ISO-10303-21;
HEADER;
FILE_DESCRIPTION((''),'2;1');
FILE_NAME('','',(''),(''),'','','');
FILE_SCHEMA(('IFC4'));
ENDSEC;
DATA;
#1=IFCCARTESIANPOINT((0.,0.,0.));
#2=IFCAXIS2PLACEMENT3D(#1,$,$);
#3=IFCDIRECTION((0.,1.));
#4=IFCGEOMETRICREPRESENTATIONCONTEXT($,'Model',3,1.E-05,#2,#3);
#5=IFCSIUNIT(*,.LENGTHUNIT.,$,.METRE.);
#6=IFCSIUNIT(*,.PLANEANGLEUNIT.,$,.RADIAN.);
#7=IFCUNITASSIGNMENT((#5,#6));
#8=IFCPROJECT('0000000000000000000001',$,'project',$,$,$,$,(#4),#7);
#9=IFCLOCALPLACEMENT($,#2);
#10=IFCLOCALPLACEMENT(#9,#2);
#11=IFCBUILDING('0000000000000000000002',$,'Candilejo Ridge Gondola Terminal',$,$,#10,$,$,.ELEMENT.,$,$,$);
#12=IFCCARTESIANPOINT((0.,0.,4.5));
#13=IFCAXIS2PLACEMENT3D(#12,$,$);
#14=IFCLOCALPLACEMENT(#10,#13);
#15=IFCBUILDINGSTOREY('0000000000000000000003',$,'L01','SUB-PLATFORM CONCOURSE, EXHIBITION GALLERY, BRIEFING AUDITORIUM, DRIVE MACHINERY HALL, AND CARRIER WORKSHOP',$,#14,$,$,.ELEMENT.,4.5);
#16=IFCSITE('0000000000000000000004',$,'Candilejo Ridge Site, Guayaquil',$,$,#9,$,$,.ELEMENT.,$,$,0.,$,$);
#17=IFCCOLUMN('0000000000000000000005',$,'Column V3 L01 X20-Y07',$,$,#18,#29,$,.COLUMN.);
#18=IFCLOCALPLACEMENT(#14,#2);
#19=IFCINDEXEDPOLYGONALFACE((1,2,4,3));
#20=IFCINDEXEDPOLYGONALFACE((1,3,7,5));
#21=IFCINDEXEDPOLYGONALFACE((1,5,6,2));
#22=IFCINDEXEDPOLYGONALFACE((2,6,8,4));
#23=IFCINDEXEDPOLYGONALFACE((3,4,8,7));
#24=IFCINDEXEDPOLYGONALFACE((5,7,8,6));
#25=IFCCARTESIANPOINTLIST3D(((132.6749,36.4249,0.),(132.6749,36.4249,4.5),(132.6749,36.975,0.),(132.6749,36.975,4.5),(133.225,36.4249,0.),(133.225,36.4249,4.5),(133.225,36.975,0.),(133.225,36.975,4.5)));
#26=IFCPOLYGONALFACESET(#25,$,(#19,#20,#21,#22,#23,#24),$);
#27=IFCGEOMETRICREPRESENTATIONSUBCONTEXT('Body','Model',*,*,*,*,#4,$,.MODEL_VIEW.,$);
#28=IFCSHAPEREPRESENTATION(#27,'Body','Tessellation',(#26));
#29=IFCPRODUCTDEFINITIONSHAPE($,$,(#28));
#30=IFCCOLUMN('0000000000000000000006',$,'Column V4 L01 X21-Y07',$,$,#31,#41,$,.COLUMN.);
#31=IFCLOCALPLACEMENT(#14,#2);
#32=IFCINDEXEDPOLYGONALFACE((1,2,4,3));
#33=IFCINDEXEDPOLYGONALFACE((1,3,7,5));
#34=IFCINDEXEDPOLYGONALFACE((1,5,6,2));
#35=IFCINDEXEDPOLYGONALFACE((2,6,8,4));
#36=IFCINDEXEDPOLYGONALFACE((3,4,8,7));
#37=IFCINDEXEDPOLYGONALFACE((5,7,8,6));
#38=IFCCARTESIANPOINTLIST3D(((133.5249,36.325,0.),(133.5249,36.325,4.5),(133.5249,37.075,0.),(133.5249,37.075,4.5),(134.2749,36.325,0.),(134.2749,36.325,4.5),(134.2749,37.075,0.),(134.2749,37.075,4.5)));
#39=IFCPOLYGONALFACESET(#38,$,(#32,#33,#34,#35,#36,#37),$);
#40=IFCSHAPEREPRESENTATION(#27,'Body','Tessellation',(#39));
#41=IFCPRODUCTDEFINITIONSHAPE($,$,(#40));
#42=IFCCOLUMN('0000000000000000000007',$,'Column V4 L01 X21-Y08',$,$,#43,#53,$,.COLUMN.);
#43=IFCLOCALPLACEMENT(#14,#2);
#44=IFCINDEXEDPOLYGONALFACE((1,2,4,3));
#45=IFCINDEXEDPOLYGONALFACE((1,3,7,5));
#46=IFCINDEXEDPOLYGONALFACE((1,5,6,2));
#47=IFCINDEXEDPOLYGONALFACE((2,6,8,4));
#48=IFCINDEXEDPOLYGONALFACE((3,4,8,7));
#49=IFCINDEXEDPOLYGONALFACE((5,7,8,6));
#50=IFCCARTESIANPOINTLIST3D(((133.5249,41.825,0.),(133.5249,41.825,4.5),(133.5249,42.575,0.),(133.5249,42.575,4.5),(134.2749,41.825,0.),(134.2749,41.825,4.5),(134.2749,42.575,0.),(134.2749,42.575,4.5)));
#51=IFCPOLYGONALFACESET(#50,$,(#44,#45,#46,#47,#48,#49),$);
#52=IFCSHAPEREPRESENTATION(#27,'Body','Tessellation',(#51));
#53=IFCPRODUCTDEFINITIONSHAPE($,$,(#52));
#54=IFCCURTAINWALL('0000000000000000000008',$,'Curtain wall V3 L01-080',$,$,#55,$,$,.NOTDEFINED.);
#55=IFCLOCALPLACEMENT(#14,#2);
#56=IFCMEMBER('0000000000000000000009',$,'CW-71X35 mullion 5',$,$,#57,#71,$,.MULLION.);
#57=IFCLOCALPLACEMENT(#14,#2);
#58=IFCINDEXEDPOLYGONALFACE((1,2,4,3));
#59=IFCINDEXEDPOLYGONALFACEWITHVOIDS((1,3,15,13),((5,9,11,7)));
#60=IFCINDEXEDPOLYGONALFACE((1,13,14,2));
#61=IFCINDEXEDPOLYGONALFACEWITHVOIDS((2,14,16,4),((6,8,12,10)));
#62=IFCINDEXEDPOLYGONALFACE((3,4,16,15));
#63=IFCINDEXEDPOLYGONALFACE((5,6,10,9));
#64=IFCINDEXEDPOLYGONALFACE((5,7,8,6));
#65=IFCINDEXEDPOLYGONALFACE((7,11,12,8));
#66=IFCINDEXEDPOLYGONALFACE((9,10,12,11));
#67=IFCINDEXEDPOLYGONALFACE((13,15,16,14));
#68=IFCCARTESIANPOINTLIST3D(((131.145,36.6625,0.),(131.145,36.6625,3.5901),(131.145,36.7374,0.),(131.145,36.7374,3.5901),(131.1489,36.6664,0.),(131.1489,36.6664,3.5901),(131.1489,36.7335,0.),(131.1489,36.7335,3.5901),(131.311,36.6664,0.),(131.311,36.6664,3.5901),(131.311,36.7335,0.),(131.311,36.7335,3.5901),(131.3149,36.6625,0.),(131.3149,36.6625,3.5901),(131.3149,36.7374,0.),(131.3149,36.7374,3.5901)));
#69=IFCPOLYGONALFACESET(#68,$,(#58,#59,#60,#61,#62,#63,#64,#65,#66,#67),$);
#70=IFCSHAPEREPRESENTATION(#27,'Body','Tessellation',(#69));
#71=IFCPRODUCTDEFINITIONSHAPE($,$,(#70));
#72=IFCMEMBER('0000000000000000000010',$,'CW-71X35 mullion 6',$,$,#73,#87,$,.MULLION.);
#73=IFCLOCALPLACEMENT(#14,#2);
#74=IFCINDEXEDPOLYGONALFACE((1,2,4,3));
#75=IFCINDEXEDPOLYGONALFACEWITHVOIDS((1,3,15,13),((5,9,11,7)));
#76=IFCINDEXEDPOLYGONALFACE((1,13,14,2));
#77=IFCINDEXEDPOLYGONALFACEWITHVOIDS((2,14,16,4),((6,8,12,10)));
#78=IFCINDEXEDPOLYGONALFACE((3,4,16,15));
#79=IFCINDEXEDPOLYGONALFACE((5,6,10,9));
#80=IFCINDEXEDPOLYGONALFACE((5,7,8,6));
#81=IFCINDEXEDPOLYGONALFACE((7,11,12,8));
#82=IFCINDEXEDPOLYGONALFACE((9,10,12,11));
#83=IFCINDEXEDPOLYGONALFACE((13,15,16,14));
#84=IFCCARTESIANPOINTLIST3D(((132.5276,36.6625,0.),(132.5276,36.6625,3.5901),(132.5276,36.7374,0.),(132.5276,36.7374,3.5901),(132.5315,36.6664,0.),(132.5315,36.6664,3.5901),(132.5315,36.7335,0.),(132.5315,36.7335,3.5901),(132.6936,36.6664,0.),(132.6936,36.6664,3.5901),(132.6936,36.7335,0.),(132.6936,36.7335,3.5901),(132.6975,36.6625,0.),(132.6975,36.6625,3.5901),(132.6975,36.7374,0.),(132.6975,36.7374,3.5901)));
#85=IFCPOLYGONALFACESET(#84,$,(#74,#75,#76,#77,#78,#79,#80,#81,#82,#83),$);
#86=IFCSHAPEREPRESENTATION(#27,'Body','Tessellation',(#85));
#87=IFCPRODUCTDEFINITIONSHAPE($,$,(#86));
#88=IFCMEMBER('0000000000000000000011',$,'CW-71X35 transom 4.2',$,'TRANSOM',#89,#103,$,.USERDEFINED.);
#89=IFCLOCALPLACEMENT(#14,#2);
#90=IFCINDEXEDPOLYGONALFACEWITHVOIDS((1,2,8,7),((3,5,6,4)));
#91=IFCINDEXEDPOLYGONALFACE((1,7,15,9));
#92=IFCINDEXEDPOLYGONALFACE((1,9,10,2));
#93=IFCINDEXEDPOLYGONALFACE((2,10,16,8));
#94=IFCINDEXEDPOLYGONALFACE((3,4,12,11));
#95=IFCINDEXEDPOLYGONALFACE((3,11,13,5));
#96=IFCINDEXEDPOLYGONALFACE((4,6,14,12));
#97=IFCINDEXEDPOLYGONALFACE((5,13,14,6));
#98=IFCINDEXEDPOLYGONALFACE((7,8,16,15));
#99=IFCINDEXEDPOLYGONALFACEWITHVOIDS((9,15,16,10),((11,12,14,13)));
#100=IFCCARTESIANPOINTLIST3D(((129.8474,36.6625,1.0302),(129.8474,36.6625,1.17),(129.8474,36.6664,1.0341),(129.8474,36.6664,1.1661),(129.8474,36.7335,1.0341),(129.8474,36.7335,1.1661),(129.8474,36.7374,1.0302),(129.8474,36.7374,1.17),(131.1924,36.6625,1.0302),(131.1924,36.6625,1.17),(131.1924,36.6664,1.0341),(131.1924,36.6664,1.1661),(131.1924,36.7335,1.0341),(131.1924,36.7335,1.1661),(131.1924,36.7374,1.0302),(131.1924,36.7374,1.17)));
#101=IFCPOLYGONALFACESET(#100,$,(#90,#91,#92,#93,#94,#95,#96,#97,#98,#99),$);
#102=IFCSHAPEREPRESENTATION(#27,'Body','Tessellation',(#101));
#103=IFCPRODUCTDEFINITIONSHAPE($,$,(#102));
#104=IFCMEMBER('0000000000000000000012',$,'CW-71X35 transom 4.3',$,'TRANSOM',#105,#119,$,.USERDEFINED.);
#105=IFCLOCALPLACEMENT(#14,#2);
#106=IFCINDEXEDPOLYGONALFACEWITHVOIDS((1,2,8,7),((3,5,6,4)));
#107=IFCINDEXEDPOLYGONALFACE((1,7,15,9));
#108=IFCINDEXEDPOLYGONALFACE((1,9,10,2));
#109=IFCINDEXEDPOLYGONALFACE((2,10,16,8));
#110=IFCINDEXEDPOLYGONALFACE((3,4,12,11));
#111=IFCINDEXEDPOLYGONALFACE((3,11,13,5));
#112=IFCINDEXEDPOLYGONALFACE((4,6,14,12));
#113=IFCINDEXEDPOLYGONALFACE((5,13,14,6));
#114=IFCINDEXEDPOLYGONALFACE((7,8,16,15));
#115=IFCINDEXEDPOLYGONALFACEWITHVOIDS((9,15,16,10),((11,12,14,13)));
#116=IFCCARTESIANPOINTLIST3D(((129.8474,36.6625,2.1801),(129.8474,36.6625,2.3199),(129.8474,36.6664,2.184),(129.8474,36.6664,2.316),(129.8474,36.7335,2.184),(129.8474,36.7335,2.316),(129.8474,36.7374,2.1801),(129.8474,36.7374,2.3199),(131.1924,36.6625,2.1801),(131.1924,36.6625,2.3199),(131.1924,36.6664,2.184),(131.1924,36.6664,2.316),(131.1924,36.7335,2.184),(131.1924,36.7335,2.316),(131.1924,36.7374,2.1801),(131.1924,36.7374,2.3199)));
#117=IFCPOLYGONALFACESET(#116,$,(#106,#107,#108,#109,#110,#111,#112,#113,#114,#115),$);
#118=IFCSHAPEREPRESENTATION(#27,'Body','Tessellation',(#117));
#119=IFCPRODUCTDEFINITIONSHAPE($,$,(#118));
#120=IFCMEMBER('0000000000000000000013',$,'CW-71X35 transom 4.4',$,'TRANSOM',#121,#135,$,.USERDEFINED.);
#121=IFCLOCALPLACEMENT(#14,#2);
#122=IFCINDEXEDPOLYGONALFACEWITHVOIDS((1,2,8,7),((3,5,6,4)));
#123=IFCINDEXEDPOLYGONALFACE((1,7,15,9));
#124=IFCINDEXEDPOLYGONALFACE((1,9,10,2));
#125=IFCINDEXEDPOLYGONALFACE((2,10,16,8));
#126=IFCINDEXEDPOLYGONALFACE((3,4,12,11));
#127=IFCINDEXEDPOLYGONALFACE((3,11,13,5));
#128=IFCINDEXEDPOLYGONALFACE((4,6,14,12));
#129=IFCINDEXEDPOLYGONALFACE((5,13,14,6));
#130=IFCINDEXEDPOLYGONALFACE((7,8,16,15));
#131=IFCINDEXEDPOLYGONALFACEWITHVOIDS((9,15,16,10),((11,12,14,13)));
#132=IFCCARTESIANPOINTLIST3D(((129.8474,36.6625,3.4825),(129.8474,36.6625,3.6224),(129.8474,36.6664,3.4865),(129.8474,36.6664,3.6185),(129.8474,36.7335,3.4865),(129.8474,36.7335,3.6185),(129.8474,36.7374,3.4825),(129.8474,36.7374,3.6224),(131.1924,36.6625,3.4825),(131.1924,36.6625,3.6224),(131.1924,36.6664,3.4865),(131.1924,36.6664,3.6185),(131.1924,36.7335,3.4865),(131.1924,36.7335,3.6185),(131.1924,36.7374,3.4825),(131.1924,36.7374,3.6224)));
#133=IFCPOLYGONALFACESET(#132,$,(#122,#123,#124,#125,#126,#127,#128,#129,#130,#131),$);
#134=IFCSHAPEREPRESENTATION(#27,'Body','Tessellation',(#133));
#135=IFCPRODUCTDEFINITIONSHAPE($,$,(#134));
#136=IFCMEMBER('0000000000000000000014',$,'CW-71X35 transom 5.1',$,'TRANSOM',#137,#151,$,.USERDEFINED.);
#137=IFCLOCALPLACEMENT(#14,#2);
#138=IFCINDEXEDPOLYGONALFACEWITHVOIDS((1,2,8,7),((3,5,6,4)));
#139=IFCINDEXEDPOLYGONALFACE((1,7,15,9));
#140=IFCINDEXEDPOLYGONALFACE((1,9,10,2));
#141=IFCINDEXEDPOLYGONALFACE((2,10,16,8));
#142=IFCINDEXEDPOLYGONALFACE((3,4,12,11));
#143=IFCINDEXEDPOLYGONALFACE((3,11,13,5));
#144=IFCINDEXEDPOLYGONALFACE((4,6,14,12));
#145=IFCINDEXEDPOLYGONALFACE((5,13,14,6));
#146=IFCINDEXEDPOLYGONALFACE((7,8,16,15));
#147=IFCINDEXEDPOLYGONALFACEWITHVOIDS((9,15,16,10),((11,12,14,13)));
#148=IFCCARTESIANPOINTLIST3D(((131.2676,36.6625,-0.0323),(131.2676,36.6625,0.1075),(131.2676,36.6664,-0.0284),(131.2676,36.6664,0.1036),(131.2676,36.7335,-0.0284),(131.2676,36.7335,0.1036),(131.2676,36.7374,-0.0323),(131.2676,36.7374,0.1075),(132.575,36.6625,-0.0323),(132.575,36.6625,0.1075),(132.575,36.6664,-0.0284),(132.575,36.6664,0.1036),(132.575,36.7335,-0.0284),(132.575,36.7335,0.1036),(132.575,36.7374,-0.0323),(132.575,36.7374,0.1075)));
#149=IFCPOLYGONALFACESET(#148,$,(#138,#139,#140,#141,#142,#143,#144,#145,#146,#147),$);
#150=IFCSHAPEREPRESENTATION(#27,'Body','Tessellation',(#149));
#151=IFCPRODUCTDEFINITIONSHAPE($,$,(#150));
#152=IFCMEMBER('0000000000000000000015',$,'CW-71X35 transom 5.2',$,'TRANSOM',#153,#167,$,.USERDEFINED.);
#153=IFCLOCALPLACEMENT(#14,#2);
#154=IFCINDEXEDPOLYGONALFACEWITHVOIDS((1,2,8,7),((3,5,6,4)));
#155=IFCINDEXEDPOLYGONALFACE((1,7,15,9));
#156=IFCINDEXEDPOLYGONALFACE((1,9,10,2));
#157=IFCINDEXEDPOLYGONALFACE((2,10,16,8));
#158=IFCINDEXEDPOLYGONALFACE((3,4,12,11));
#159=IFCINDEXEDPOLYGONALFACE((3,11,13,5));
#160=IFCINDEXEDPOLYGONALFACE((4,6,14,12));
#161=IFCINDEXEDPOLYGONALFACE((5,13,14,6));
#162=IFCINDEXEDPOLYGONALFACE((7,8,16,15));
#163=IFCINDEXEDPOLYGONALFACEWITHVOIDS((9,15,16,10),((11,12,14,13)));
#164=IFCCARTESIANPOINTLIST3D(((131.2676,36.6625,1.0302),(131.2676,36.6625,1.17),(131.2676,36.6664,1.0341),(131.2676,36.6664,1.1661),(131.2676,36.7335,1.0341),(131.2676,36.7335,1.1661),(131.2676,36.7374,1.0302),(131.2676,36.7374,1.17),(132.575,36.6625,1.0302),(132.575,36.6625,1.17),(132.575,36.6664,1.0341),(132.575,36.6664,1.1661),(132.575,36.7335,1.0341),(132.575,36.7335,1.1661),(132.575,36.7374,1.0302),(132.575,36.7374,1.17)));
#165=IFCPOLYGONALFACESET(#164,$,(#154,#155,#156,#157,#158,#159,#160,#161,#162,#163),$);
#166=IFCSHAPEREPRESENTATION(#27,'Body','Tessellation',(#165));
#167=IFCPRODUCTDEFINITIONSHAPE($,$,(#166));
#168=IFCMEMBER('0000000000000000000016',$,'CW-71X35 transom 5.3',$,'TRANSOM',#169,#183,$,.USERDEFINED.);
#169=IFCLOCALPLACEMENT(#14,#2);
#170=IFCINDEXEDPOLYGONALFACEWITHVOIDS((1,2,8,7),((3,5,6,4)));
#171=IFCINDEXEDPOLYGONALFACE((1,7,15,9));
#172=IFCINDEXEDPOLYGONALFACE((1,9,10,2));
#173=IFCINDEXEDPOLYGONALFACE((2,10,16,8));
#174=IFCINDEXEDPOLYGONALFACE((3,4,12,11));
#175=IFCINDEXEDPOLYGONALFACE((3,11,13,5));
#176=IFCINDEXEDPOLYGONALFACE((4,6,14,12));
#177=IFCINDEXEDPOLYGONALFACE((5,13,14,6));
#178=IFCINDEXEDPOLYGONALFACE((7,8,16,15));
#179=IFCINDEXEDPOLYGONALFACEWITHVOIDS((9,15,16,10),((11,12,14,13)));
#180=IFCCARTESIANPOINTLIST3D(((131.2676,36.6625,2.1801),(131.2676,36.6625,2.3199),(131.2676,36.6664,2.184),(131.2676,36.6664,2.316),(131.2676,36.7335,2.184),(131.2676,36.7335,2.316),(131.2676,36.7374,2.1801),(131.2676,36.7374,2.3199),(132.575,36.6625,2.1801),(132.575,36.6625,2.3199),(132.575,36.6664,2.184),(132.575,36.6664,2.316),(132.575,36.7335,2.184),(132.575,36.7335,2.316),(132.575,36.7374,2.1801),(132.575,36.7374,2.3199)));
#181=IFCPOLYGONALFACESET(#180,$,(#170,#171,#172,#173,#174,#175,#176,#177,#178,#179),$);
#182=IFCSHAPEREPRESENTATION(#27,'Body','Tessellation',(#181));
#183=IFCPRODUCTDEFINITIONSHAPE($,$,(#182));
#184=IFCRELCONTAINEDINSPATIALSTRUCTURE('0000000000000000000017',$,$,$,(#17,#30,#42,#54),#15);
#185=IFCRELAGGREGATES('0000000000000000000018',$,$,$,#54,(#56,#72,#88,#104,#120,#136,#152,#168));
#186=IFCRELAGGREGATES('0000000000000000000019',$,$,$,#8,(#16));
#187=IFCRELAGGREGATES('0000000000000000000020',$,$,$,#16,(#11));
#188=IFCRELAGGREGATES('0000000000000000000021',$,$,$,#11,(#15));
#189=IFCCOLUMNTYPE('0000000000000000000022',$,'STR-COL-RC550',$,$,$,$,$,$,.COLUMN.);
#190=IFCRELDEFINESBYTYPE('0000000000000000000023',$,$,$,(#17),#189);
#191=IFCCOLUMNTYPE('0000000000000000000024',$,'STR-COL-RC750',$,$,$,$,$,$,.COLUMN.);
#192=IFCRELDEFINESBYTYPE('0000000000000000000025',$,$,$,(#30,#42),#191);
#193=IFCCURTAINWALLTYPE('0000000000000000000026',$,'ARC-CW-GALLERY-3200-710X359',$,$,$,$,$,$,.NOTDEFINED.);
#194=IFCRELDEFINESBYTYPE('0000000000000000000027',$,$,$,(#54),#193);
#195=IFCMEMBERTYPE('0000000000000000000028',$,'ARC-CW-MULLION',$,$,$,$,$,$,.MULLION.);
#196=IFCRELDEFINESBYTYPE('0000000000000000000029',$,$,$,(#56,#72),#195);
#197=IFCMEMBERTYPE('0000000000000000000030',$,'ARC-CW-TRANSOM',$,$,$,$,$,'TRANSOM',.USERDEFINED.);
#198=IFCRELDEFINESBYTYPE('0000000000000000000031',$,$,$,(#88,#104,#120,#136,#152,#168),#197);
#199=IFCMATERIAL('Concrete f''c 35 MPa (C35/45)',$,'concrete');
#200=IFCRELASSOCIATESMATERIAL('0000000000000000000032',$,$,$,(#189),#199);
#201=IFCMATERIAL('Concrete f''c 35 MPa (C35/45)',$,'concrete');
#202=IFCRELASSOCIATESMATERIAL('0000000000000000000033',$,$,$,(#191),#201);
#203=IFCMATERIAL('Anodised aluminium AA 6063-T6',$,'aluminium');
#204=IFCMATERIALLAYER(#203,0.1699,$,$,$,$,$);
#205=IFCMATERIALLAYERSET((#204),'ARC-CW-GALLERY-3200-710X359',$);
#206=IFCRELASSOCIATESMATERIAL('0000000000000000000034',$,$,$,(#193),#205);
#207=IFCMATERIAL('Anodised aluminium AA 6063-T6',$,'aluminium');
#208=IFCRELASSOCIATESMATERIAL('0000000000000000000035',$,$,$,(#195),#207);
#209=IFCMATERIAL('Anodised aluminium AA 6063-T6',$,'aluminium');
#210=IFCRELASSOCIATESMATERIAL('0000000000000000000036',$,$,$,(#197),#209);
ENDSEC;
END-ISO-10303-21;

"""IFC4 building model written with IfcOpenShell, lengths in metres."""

from ifc_helpers import new_model, si_unit, direction, frame, origin, origin_2d, place, context, subcontext, project, spatial, rectangle, hollow_rectangle, extrude, material, layer, layer_set, material_profile, profile_set, type_object, element, aggregate, save


model = new_model("IFC4")

# Units and contexts
model_context = context("Model", 3, precision=1e-05, world=origin(), true_north=direction((0.0, 1.0)))
body_context = subcontext(model_context, "Body", "Model", "MODEL_VIEW")
ifc_project = project(units=[si_unit("LENGTHUNIT", "METRE"), si_unit("PLANEANGLEUNIT", "RADIAN")], contexts=[model_context])

# Site, building, storey
site_placement = place(None, origin())
site = spatial("IfcSite", under=ifc_project, at=site_placement, Name="Candilejo Ridge Site, Guayaquil", CompositionType="ELEMENT", RefElevation=0.0)
building_placement = place(site_placement, origin())
building = spatial("IfcBuilding", under=site, at=building_placement, Name="Candilejo Ridge Gondola Terminal", CompositionType="ELEMENT")
storey_placement = place(building_placement, frame((0.0, 0.0, 4.5)))
storey = spatial("IfcBuildingStorey", under=building, at=storey_placement, Name="L01", Description="SUB-PLATFORM CONCOURSE, EXHIBITION GALLERY, BRIEFING AUDITORIUM, DRIVE MACHINERY HALL, AND CARRIER WORKSHOP", CompositionType="ELEMENT", Elevation=4.5)

# Columns
ifc_material_1 = material(Name="Concrete f'c 35 MPa (C35/45)", Category="concrete")
ifc_material_profile_1 = material_profile(ifc_material_1, rectangle(XDim=0.55, YDim=0.55, at=origin_2d()))
ifc_profile_set_1 = profile_set([ifc_material_profile_1], Name="Concrete f'c 35 MPa (C35/45)")
column_type_1 = type_object("IfcColumnType", Name="STR-COL-RC550", PredefinedType="COLUMN", material=ifc_profile_set_1)
column_placement = place(storey_placement, frame((132.95, 36.7, 0.0), z_axis=(0.0, 0.0, 1.0), x_axis=(1.0, 0.0, 0.0)))
element("IfcColumn", 1, at=column_placement, inside=storey, type_object=column_type_1, Name="Column V3 L01 X20-Y07", PredefinedType="COLUMN", context=body_context, shape_type="SweptSolid", body=[
    extrude(rectangle(XDim=0.55, YDim=0.55, at=origin_2d()), origin(), (0.0, 0.0, 1.0), 4.5),
])
ifc_material_2 = material(Name="Concrete f'c 35 MPa (C35/45)", Category="concrete")
ifc_material_profile_2 = material_profile(ifc_material_2, rectangle(XDim=0.75, YDim=0.75, at=origin_2d()))
ifc_profile_set_2 = profile_set([ifc_material_profile_2], Name="Concrete f'c 35 MPa (C35/45)")
column_type_2 = type_object("IfcColumnType", Name="STR-COL-RC750", PredefinedType="COLUMN", material=ifc_profile_set_2)
for number, where, z_axis, x_axis, name in (
    (2, (133.8999, 36.7, 0.0), (0.0, 0.0, 1.0), (1.0, 0.0, 0.0), "Column V4 L01 X21-Y07"),
    (3, (133.8999, 42.2, 0.0), (0.0, 0.0, 1.0), (1.0, 0.0, 0.0), "Column V4 L01 X21-Y08"),
):
    element("IfcColumn", number, at=place(storey_placement, frame(where, z_axis=z_axis, x_axis=x_axis)), inside=storey, type_object=column_type_2, Name=name, PredefinedType="COLUMN", context=body_context, shape_type="SweptSolid", body=[
        extrude(rectangle(XDim=0.75, YDim=0.75, at=origin_2d()), origin(), (0.0, 0.0, 1.0), 4.5),
    ])

# Curtain wall, members
ifc_material_3 = material(Name="Anodised aluminium AA 6063-T6", Category="aluminium")
ifc_layer_1 = layer(ifc_material_3, 0.1699)
ifc_layer_set_1 = layer_set([ifc_layer_1], Name="ARC-CW-GALLERY-3200-710X359")
curtain_wall_type = type_object("IfcCurtainWallType", Name="ARC-CW-GALLERY-3200-710X359", PredefinedType="NOTDEFINED", material=ifc_layer_set_1)
curtain_wall_placement = place(storey_placement, origin())
curtain_wall = element("IfcCurtainWall", 4, at=curtain_wall_placement, inside=storey, type_object=curtain_wall_type, Name="Curtain wall V3 L01-080", PredefinedType="NOTDEFINED")
ifc_material_4 = material(Name="Anodised aluminium AA 6063-T6", Category="aluminium")
ifc_material_profile_3 = material_profile(ifc_material_4, hollow_rectangle(XDim=0.075, YDim=0.1699, WallThickness=0.0039, at=origin_2d()))
ifc_profile_set_3 = profile_set([ifc_material_profile_3], Name="Anodised aluminium AA 6063-T6")
member_type_1 = type_object("IfcMemberType", Name="ARC-CW-MULLION", PredefinedType="MULLION", material=ifc_profile_set_3)
member_1_placement = place(storey_placement, frame((131.23, 36.7, 0.0), z_axis=(0.0, 0.0, 1.0), x_axis=(0.0, 1.0, 0.0)))
member_1 = element("IfcMember", 5, at=member_1_placement, type_object=member_type_1, Name="CW-71X35 mullion 5", PredefinedType="MULLION", context=body_context, shape_type="SweptSolid", body=[
    extrude(hollow_rectangle(XDim=0.075, YDim=0.1699, WallThickness=0.0039, at=origin_2d()), origin(), (0.0, 0.0, 1.0), 3.5901),
])
member_2_placement = place(storey_placement, frame((132.6125, 36.7, 0.0), z_axis=(0.0, 0.0, 1.0), x_axis=(0.0, 1.0, 0.0)))
member_2 = element("IfcMember", 6, at=member_2_placement, type_object=member_type_1, Name="CW-71X35 mullion 6", PredefinedType="MULLION", context=body_context, shape_type="SweptSolid", body=[
    extrude(hollow_rectangle(XDim=0.075, YDim=0.1699, WallThickness=0.0039, at=origin_2d()), origin(), (0.0, 0.0, 1.0), 3.5901),
])
ifc_material_5 = material(Name="Anodised aluminium AA 6063-T6", Category="aluminium")
ifc_material_profile_4 = material_profile(ifc_material_5, hollow_rectangle(XDim=0.075, YDim=0.1399, WallThickness=0.0039, at=origin_2d()))
ifc_profile_set_4 = profile_set([ifc_material_profile_4], Name="Anodised aluminium AA 6063-T6")
member_type_2 = type_object("IfcMemberType", Name="ARC-CW-TRANSOM", ElementType="TRANSOM", PredefinedType="USERDEFINED", material=ifc_profile_set_4)
member_3_placement = place(storey_placement, frame((129.8474, 36.7, 1.1001), z_axis=(1.0, 0.0, 0.0), x_axis=(0.0, 1.0, 0.0)))
member_3 = element("IfcMember", 7, at=member_3_placement, type_object=member_type_2, Name="CW-71X35 transom 4.2", ObjectType="TRANSOM", PredefinedType="USERDEFINED", context=body_context, shape_type="SweptSolid", body=[
    extrude(hollow_rectangle(XDim=0.075, YDim=0.1399, WallThickness=0.0039, at=origin_2d()), origin(), (0.0, 0.0, 1.0), 1.345),
])
member_4_placement = place(storey_placement, frame((129.8474, 36.7, 2.25), z_axis=(1.0, 0.0, 0.0), x_axis=(0.0, 1.0, 0.0)))
member_4 = element("IfcMember", 8, at=member_4_placement, type_object=member_type_2, Name="CW-71X35 transom 4.3", ObjectType="TRANSOM", PredefinedType="USERDEFINED", context=body_context, shape_type="SweptSolid", body=[
    extrude(hollow_rectangle(XDim=0.075, YDim=0.1399, WallThickness=0.0039, at=origin_2d()), origin(), (0.0, 0.0, 1.0), 1.345),
])
member_5_placement = place(storey_placement, frame((129.8474, 36.7, 3.5525), z_axis=(1.0, 0.0, 0.0), x_axis=(0.0, 1.0, 0.0)))
member_5 = element("IfcMember", 9, at=member_5_placement, type_object=member_type_2, Name="CW-71X35 transom 4.4", ObjectType="TRANSOM", PredefinedType="USERDEFINED", context=body_context, shape_type="SweptSolid", body=[
    extrude(hollow_rectangle(XDim=0.075, YDim=0.1399, WallThickness=0.0039, at=origin_2d()), origin(), (0.0, 0.0, 1.0), 1.345),
])
member_6_placement = place(storey_placement, frame((131.2676, 36.7, 0.0376), z_axis=(1.0, 0.0, 0.0), x_axis=(0.0, 1.0, 0.0)))
member_6 = element("IfcMember", 10, at=member_6_placement, type_object=member_type_2, Name="CW-71X35 transom 5.1", ObjectType="TRANSOM", PredefinedType="USERDEFINED", context=body_context, shape_type="SweptSolid", body=[
    extrude(hollow_rectangle(XDim=0.075, YDim=0.1399, WallThickness=0.0039, at=origin_2d()), origin(), (0.0, 0.0, 1.0), 1.3074),
])
member_7_placement = place(storey_placement, frame((131.2676, 36.7, 1.1001), z_axis=(1.0, 0.0, 0.0), x_axis=(0.0, 1.0, 0.0)))
member_7 = element("IfcMember", 11, at=member_7_placement, type_object=member_type_2, Name="CW-71X35 transom 5.2", ObjectType="TRANSOM", PredefinedType="USERDEFINED", context=body_context, shape_type="SweptSolid", body=[
    extrude(hollow_rectangle(XDim=0.075, YDim=0.1399, WallThickness=0.0039, at=origin_2d()), origin(), (0.0, 0.0, 1.0), 1.3074),
])
member_8_placement = place(storey_placement, frame((131.2676, 36.7, 2.25), z_axis=(1.0, 0.0, 0.0), x_axis=(0.0, 1.0, 0.0)))
member_8 = element("IfcMember", 12, at=member_8_placement, type_object=member_type_2, Name="CW-71X35 transom 5.3", ObjectType="TRANSOM", PredefinedType="USERDEFINED", context=body_context, shape_type="SweptSolid", body=[
    extrude(hollow_rectangle(XDim=0.075, YDim=0.1399, WallThickness=0.0039, at=origin_2d()), origin(), (0.0, 0.0, 1.0), 1.3074),
])

aggregate(curtain_wall, [member_1, member_2, member_3, member_4, member_5, member_6, member_7, member_8])

save(model, "model.ifc")
